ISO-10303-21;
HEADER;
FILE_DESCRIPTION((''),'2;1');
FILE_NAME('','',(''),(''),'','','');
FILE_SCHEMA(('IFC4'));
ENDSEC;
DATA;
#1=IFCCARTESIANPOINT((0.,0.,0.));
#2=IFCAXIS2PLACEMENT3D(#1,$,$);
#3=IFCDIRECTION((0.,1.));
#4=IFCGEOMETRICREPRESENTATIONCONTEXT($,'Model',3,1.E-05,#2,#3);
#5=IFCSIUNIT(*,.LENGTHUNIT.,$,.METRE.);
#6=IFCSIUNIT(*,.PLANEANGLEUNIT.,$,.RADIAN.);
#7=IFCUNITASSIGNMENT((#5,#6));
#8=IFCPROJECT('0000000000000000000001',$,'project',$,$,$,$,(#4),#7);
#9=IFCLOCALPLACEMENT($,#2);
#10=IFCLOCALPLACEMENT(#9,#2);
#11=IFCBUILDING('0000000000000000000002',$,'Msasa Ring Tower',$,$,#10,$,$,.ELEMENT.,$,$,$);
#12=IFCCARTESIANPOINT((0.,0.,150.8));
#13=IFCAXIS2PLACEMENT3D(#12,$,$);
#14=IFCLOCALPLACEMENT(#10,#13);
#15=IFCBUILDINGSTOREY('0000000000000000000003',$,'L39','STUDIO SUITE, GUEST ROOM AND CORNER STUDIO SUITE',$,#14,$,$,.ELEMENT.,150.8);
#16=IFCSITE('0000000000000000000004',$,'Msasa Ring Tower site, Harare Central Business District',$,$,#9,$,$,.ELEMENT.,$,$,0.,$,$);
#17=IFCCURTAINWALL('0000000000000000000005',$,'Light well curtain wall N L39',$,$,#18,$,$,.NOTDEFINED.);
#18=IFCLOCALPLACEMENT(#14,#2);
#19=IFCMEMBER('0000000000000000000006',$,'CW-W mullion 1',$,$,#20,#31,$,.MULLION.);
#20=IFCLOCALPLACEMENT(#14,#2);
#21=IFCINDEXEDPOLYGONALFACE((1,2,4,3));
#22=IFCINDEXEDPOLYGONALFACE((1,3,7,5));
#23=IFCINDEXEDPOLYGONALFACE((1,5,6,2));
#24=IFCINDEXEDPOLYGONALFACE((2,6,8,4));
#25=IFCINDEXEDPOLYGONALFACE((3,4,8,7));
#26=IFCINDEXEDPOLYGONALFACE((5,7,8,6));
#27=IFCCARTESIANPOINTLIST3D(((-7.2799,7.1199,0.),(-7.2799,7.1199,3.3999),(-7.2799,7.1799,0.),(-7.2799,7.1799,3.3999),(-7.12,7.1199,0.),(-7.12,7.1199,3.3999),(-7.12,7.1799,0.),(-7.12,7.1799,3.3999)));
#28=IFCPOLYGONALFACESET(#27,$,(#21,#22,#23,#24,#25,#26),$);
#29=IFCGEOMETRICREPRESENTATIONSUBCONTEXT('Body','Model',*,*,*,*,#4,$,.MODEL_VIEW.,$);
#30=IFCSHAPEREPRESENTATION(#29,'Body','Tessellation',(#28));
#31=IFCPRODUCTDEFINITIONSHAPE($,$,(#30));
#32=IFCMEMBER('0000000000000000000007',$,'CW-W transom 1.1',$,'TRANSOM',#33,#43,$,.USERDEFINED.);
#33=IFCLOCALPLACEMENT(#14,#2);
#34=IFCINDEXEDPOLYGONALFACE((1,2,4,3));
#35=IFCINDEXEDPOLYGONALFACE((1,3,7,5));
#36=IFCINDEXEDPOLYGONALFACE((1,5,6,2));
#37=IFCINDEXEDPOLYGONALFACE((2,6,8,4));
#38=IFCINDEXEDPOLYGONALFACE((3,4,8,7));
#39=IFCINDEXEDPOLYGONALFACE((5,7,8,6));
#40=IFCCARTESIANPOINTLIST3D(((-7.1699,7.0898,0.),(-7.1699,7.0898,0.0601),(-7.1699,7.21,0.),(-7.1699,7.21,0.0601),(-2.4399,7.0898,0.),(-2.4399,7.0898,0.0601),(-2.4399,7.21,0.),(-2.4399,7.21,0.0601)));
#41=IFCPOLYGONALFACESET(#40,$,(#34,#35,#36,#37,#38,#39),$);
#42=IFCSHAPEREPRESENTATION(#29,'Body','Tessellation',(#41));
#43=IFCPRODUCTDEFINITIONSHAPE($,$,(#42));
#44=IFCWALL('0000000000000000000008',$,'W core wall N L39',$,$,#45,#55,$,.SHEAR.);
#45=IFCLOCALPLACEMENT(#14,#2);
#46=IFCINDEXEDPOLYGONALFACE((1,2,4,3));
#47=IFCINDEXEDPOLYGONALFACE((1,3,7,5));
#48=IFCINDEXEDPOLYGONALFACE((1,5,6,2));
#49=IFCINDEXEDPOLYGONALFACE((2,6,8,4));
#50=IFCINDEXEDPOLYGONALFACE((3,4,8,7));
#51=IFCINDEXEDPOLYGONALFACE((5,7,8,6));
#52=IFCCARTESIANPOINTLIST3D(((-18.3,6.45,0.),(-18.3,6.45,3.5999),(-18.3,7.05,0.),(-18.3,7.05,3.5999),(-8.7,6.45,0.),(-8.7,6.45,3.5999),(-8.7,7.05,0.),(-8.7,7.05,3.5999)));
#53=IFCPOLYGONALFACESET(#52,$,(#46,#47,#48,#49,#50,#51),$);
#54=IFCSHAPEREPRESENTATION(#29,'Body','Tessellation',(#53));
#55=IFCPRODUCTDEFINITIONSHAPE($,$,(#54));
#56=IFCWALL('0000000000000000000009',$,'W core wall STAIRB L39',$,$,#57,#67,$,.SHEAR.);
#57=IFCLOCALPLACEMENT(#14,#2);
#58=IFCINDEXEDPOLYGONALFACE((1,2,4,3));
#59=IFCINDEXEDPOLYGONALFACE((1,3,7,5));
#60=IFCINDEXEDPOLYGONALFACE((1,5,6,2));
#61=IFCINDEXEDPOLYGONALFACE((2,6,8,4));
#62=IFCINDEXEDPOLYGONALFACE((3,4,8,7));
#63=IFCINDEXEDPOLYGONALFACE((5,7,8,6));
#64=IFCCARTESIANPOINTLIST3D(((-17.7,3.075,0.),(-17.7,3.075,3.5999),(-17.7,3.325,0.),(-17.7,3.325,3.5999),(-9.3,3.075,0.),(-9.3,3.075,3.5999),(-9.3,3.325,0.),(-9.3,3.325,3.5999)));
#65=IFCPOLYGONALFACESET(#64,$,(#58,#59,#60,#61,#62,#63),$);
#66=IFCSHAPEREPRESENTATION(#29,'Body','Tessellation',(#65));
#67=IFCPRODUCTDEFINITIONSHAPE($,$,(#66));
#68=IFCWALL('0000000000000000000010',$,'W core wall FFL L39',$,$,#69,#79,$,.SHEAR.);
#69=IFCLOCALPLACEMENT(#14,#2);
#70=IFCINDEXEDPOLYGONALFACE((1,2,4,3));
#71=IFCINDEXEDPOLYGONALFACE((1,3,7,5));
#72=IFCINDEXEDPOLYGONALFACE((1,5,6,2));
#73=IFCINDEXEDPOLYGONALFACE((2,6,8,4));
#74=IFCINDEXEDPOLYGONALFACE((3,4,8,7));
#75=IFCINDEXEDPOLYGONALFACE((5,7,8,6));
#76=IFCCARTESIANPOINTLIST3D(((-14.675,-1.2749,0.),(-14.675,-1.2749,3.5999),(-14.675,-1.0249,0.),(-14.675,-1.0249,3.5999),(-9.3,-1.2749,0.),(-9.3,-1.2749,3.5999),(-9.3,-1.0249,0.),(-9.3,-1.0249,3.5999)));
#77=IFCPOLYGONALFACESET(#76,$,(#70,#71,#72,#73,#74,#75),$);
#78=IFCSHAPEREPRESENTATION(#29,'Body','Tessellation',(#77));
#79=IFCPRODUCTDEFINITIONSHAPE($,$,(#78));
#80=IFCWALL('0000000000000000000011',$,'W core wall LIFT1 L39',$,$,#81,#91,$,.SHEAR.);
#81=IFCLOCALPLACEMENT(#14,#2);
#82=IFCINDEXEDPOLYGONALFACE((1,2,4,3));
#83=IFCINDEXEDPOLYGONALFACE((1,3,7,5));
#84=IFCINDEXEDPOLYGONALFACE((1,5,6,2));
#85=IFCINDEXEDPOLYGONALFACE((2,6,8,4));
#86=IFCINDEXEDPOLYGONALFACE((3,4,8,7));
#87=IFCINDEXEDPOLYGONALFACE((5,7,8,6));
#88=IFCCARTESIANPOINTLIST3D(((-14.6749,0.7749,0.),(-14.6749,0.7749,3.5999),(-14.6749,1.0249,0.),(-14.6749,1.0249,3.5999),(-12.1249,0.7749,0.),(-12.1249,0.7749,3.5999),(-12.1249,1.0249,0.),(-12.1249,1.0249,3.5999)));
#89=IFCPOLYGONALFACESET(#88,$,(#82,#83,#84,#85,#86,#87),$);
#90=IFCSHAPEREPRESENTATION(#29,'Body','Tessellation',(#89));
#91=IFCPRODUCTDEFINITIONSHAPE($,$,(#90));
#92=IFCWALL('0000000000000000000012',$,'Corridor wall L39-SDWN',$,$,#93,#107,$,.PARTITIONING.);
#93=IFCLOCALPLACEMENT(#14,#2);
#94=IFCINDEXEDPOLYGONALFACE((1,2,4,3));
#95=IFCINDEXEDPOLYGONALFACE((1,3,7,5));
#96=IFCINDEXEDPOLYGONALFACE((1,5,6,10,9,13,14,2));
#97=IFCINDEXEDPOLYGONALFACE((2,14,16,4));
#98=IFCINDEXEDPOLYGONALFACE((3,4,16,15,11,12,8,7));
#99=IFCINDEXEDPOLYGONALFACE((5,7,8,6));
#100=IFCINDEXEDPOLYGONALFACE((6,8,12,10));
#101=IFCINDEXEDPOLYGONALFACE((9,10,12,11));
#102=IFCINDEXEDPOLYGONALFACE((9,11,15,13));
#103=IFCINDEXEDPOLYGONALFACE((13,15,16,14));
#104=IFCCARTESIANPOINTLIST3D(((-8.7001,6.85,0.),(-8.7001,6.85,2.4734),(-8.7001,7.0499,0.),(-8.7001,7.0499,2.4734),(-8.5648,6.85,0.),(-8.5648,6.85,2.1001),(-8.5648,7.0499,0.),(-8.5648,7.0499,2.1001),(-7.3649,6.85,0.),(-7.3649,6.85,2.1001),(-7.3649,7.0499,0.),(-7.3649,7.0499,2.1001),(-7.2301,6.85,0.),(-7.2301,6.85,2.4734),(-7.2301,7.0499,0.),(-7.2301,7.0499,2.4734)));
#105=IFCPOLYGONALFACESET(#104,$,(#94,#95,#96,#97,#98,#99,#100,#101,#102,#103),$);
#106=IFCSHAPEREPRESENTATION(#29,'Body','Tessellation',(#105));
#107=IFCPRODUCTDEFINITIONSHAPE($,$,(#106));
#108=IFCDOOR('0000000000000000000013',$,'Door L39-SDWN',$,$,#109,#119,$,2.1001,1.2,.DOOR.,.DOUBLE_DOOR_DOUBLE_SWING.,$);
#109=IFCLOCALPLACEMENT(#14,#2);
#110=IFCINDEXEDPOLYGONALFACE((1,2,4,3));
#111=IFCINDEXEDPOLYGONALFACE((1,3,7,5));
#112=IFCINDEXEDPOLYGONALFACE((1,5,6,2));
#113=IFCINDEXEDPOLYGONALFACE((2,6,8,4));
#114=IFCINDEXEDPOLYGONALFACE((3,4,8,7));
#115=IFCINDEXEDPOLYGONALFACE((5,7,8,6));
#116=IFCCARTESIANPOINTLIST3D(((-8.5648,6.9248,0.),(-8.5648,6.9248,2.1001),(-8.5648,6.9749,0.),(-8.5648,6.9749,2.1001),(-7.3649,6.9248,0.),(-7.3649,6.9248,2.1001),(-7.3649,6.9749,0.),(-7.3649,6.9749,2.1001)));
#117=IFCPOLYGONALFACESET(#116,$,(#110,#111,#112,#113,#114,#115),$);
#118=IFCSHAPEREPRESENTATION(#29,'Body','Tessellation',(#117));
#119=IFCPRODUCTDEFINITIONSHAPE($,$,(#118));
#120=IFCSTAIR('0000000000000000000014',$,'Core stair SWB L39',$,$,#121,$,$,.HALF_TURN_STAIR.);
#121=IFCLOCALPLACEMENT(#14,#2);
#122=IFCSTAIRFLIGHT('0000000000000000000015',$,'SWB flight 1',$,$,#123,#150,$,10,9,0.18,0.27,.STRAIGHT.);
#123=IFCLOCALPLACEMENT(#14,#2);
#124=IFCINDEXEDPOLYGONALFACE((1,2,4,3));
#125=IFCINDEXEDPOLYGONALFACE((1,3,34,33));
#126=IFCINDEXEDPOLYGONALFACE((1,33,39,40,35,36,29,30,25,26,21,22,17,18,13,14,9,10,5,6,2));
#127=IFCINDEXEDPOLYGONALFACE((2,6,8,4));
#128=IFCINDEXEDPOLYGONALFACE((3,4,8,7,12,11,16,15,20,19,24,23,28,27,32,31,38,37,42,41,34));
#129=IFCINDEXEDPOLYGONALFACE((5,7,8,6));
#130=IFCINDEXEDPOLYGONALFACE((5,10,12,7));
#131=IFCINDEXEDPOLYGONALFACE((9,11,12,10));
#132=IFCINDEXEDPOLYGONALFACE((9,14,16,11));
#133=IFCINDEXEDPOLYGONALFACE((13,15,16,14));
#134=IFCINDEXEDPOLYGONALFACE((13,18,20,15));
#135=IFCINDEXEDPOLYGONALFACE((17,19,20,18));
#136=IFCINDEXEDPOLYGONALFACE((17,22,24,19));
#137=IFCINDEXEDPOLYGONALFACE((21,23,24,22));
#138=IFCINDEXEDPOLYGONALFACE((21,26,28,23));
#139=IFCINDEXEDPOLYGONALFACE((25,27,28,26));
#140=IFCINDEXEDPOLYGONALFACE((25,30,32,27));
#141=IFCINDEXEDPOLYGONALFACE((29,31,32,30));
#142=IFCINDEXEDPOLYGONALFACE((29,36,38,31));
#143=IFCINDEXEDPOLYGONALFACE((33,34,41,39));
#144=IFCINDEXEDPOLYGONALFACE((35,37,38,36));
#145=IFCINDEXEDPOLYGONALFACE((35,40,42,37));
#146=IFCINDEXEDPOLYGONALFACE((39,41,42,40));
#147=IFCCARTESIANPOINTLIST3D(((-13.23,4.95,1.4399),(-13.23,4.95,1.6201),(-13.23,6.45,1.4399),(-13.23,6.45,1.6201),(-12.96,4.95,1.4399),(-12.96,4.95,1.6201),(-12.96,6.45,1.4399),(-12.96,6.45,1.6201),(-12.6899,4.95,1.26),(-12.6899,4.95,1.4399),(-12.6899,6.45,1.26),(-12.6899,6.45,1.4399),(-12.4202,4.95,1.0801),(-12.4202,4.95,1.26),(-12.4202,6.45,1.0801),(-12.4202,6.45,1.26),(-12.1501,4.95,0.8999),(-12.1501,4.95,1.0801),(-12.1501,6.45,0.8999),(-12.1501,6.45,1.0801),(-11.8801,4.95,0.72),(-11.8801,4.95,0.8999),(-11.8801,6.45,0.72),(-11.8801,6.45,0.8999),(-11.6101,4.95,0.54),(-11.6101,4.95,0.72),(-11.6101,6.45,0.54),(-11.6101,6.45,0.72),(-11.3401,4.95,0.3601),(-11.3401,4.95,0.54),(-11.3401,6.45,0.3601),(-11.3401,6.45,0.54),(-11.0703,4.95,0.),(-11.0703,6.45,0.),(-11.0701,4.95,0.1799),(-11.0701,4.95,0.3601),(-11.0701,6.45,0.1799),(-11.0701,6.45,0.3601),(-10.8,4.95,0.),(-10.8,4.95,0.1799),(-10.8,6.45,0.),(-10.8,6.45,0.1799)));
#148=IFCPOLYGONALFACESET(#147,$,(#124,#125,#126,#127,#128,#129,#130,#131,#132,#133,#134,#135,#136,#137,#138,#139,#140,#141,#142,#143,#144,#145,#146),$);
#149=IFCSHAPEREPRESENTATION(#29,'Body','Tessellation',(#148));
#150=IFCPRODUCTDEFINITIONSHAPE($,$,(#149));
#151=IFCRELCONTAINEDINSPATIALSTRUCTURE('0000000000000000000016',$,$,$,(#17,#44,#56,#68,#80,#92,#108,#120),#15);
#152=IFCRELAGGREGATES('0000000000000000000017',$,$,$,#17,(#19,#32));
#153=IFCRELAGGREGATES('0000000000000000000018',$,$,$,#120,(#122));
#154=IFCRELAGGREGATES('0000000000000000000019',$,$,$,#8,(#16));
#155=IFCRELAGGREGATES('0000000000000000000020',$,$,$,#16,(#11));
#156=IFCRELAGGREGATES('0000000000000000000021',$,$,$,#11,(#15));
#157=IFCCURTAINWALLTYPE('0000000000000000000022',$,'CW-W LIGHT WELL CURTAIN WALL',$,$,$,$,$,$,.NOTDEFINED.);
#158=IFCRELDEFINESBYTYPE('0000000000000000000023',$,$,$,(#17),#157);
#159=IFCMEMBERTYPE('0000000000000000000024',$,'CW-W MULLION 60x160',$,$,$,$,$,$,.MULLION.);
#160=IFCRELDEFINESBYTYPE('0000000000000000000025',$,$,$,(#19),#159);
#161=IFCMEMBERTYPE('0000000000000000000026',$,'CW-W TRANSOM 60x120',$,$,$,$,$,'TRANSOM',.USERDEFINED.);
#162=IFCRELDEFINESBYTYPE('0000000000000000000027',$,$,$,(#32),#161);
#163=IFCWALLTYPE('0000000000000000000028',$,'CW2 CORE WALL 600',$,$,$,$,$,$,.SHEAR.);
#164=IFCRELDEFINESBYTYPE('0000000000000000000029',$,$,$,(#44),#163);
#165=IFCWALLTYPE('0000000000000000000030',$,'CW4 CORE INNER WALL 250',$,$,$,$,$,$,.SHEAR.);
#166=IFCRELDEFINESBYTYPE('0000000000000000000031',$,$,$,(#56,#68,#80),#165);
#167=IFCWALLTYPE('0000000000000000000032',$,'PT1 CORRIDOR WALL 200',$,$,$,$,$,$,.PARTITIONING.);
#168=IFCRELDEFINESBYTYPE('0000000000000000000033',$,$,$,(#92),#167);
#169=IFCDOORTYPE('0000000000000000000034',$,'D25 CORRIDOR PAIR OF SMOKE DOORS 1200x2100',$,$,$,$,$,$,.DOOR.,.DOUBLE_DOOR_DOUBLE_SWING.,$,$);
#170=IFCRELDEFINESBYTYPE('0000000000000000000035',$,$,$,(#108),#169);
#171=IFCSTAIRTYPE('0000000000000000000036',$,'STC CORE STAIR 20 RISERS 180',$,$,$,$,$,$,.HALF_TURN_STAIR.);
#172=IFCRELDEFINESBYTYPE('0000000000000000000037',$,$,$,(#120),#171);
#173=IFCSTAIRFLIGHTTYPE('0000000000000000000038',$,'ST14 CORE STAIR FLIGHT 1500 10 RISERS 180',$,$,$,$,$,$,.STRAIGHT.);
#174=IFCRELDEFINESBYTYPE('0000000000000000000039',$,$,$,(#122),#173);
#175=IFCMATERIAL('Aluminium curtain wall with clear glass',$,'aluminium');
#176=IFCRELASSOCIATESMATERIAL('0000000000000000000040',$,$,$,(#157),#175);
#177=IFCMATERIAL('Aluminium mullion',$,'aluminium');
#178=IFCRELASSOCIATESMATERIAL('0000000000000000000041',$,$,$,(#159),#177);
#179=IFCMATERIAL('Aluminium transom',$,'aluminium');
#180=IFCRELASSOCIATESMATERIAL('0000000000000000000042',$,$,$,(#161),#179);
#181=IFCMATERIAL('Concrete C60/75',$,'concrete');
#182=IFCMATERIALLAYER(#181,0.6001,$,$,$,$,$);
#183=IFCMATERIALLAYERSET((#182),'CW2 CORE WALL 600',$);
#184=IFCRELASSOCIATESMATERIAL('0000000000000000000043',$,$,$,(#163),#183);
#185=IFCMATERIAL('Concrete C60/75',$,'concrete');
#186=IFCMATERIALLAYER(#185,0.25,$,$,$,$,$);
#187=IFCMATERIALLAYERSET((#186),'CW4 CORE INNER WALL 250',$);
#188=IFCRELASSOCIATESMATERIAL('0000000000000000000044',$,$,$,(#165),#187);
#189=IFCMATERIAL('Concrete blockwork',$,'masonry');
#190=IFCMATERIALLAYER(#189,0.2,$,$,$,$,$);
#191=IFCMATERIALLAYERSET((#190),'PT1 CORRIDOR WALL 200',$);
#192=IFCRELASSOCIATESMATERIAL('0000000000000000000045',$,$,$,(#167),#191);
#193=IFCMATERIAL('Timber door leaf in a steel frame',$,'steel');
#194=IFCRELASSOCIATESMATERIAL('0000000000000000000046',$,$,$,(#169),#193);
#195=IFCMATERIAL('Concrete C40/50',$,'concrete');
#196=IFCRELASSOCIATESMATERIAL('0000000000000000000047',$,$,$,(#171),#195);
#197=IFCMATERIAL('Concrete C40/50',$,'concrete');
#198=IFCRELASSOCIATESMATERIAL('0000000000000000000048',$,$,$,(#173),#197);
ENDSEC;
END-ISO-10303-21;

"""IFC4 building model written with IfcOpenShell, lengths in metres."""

from ifc_helpers import new_model, si_unit, direction, frame, frame_2d, origin, origin_2d, place, context, subcontext, project, spatial, polyline, rectangle, outline, extrude, material, layer, layer_set, material_profile, profile_set, type_object, element, fill, aggregate, save


model = new_model("IFC4")

# Units and contexts
model_context = context("Model", 3, precision=1e-05, world=origin(), true_north=direction((0.0, 1.0)))
body_context = subcontext(model_context, "Body", "Model", "MODEL_VIEW")
ifc_project = project(units=[si_unit("LENGTHUNIT", "METRE"), si_unit("PLANEANGLEUNIT", "RADIAN")], contexts=[model_context])

# Site, building, storey
site_placement = place(None, origin())
site = spatial("IfcSite", under=ifc_project, at=site_placement, Name="Msasa Ring Tower site, Harare Central Business District", CompositionType="ELEMENT", RefElevation=0.0)
building_placement = place(site_placement, origin())
building = spatial("IfcBuilding", under=site, at=building_placement, Name="Msasa Ring Tower", CompositionType="ELEMENT")
storey_placement = place(building_placement, frame((0.0, 0.0, 150.8)))
storey = spatial("IfcBuildingStorey", under=building, at=storey_placement, Name="L39", Description="STUDIO SUITE, GUEST ROOM AND CORNER STUDIO SUITE", CompositionType="ELEMENT", Elevation=150.8)

# Curtain wall, members
ifc_material_1 = material(Name="Aluminium curtain wall with clear glass", Category="aluminium")
curtain_wall_type = type_object("IfcCurtainWallType", Name="CW-W LIGHT WELL CURTAIN WALL", PredefinedType="NOTDEFINED", material=ifc_material_1)
curtain_wall_placement = place(storey_placement, origin())
curtain_wall = element("IfcCurtainWall", 1, at=curtain_wall_placement, inside=storey, type_object=curtain_wall_type, Name="Light well curtain wall N L39", PredefinedType="NOTDEFINED")
ifc_material_2 = material(Name="Aluminium mullion", Category="aluminium")
ifc_material_profile_1 = material_profile(ifc_material_2, rectangle(XDim=0.0601, YDim=0.1599, at=origin_2d()), Name="AL 60x160")
ifc_profile_set_1 = profile_set([ifc_material_profile_1], Name="Aluminium mullion")
member_type_1 = type_object("IfcMemberType", Name="CW-W MULLION 60x160", PredefinedType="MULLION", material=ifc_profile_set_1)
member_1_placement = place(storey_placement, frame((-7.2, 7.1499, 0.0), z_axis=(0.0, 0.0, 1.0), x_axis=(0.0, 1.0, 0.0)))
member_1 = element("IfcMember", 2, at=member_1_placement, type_object=member_type_1, Name="CW-W mullion 1", PredefinedType="MULLION", context=body_context, shape_type="SweptSolid", body=[
    extrude(rectangle(XDim=0.0601, YDim=0.1599, at=origin_2d()), origin(), (0.0, 0.0, 1.0), 3.3999),
])
ifc_material_3 = material(Name="Aluminium transom", Category="aluminium")
ifc_material_profile_2 = material_profile(ifc_material_3, rectangle(XDim=0.1201, YDim=0.0601, at=origin_2d()), Name="AL 60x120")
ifc_profile_set_2 = profile_set([ifc_material_profile_2], Name="Aluminium transom")
member_type_2 = type_object("IfcMemberType", Name="CW-W TRANSOM 60x120", ElementType="TRANSOM", PredefinedType="USERDEFINED", material=ifc_profile_set_2)
member_2_placement = place(storey_placement, frame((-7.1699, 7.1499, 0.03), z_axis=(1.0, 0.0, 0.0), x_axis=(0.0, 1.0, 0.0)))
member_2 = element("IfcMember", 3, at=member_2_placement, type_object=member_type_2, Name="CW-W transom 1.1", ObjectType="TRANSOM", PredefinedType="USERDEFINED", context=body_context, shape_type="SweptSolid", body=[
    extrude(rectangle(XDim=0.1201, YDim=0.0601, at=origin_2d()), origin(), (0.0, 0.0, 1.0), 4.73),
])
aggregate(curtain_wall, [member_1, member_2])

# Walls
ifc_material_4 = material(Name="Concrete C60/75", Category="concrete")
ifc_layer_1 = layer(ifc_material_4, 0.6001)
ifc_layer_set_1 = layer_set([ifc_layer_1], Name="CW2 CORE WALL 600")
wall_type_1 = type_object("IfcWallType", Name="CW2 CORE WALL 600", PredefinedType="SHEAR", material=ifc_layer_set_1)
wall_1_placement = place(storey_placement, frame((-8.7, 6.75, 0.0), z_axis=(0.0, 0.0, 1.0), x_axis=(-1.0, 0.0, 0.0)))
element("IfcWall", 4, at=wall_1_placement, inside=storey, type_object=wall_type_1, Name="W core wall N L39", PredefinedType="SHEAR", context=body_context, shape_type="SweptSolid", body=[
    extrude(rectangle(XDim=9.6001, YDim=0.6001, at=frame_2d((4.8, 0.0))), origin(), (0.0, 0.0, 1.0), 3.5999),
])
ifc_material_5 = material(Name="Concrete C60/75", Category="concrete")
ifc_layer_2 = layer(ifc_material_5, 0.25)
ifc_layer_set_2 = layer_set([ifc_layer_2], Name="CW4 CORE INNER WALL 250")
wall_type_2 = type_object("IfcWallType", Name="CW4 CORE INNER WALL 250", PredefinedType="SHEAR", material=ifc_layer_set_2)
wall_2_placement = place(storey_placement, frame((-9.3, 3.2, 0.0), z_axis=(0.0, 0.0, 1.0), x_axis=(-1.0, 0.0, 0.0)))
element("IfcWall", 5, at=wall_2_placement, inside=storey, type_object=wall_type_2, Name="W core wall STAIRB L39", PredefinedType="SHEAR", context=body_context, shape_type="SweptSolid", body=[
    extrude(rectangle(XDim=8.3999, YDim=0.25, at=frame_2d((4.2, 0.0))), origin(), (0.0, 0.0, 1.0), 3.5999),
])
wall_3_placement = place(storey_placement, frame((-9.3, -1.1499, 0.0), z_axis=(0.0, 0.0, 1.0), x_axis=(-1.0, 0.0, 0.0)))
element("IfcWall", 6, at=wall_3_placement, inside=storey, type_object=wall_type_2, Name="W core wall FFL L39", PredefinedType="SHEAR", context=body_context, shape_type="SweptSolid", body=[
    extrude(rectangle(XDim=5.375, YDim=0.25, at=frame_2d((2.6875, 0.0))), origin(), (0.0, 0.0, 1.0), 3.5999),
])
wall_4_placement = place(storey_placement, frame((-12.125, 0.8999, 0.0), z_axis=(0.0, 0.0, 1.0), x_axis=(-1.0, 0.0, 0.0)))
element("IfcWall", 7, at=wall_4_placement, inside=storey, type_object=wall_type_2, Name="W core wall LIFT1 L39", PredefinedType="SHEAR", context=body_context, shape_type="SweptSolid", body=[
    extrude(rectangle(XDim=2.55, YDim=0.25, at=frame_2d((1.2749, 0.0))), origin(), (0.0, 0.0, 1.0), 3.5999),
])

# Wall, opening, door
ifc_material_6 = material(Name="Concrete blockwork", Category="masonry")
ifc_layer_3 = layer(ifc_material_6, 0.2)
ifc_layer_set_3 = layer_set([ifc_layer_3], Name="PT1 CORRIDOR WALL 200")
wall_type_3 = type_object("IfcWallType", Name="PT1 CORRIDOR WALL 200", PredefinedType="PARTITIONING", material=ifc_layer_set_3)
wall_5_placement = place(storey_placement, frame((-8.7, 6.95, 0.0), z_axis=(0.0, 0.0, 1.0), x_axis=(1.0, 0.0, 0.0)))
wall_5 = element("IfcWall", 8, at=wall_5_placement, inside=storey, type_object=wall_type_3, Name="Corridor wall L39-SDWN", PredefinedType="PARTITIONING", context=body_context, shape_type="SweptSolid", body=[
    extrude(rectangle(XDim=1.47, YDim=0.2, at=frame_2d((0.7349, 0.0))), origin(), (0.0, 0.0, 1.0), 2.4734),
])
opening_placement = place(wall_5_placement, frame((0.135, 0.0, 0.0)))
opening = element("IfcOpeningElement", 9, at=opening_placement, cuts=wall_5, PredefinedType="OPENING", context=body_context, shape_type="SweptSolid", body=[
    extrude(rectangle(XDim=1.2, YDim=2.1001, at=frame_2d((0.6001, 1.05))), frame((0.0, 0.1099, 0.0), z_axis=(0.0, -1.0, 0.0), x_axis=(1.0, 0.0, 0.0)), (0.0, 0.0, 1.0), 0.22),
])
ifc_material_7 = material(Name="Timber door leaf in a steel frame", Category="steel")
door_type = type_object("IfcDoorType", Name="D25 CORRIDOR PAIR OF SMOKE DOORS 1200x2100", OperationType="DOUBLE_DOOR_DOUBLE_SWING", PredefinedType="DOOR", material=ifc_material_7)
door_placement = place(opening_placement, origin())
door = element("IfcDoor", 10, at=door_placement, inside=storey, type_object=door_type, Name="Door L39-SDWN", OperationType="DOUBLE_DOOR_DOUBLE_SWING", OverallHeight=2.1001, OverallWidth=1.2, PredefinedType="DOOR", context=body_context, shape_type="SweptSolid", body=[
    extrude(rectangle(XDim=1.2, YDim=2.1001, at=frame_2d((0.6001, 1.05))), frame((0.0, 0.0249, 0.0), z_axis=(0.0, -1.0, 0.0), x_axis=(1.0, 0.0, 0.0)), (0.0, 0.0, 1.0), 0.05),
])
fill(opening, door)

# Stair, stair flight
ifc_material_8 = material(Name="Concrete C40/50", Category="concrete")
stair_type = type_object("IfcStairType", Name="STC CORE STAIR 20 RISERS 180", PredefinedType="HALF_TURN_STAIR", material=ifc_material_8)
stair_placement = place(storey_placement, origin())
stair = element("IfcStair", 11, at=stair_placement, inside=storey, type_object=stair_type, Name="Core stair SWB L39", PredefinedType="HALF_TURN_STAIR")
ifc_material_9 = material(Name="Concrete C40/50", Category="concrete")
stair_flight_type = type_object("IfcStairFlightType", Name="ST14 CORE STAIR FLIGHT 1500 10 RISERS 180", PredefinedType="STRAIGHT", material=ifc_material_9)
stair_flight_1_placement = place(storey_placement, frame((-10.8, 5.7, 0.0), z_axis=(0.0, 0.0, 1.0), x_axis=(-1.0, 0.0, 0.0)))
stair_flight_1 = element("IfcStairFlight", 12, at=stair_flight_1_placement, type_object=stair_flight_type, Name="SWB flight 1", NumberOfRisers=10, NumberOfTreads=9, PredefinedType="STRAIGHT", RiserHeight=0.18, TreadLength=0.27, context=body_context, shape_type="SweptSolid", body=[
    extrude(outline(polyline([(0.0, 0.0), (0.0, 0.1799), (0.27, 0.1799), (0.27, 0.3601), (0.54, 0.3601), (0.54, 0.54), (0.8101, 0.54), (0.8101, 0.72), (1.0801, 0.72), (1.0801, 0.8999), (1.3501, 0.8999), (1.3501, 1.0801), (1.6201, 1.0801), (1.6201, 1.26), (1.8899, 1.26), (1.8899, 1.4399), (2.1599, 1.4399), (2.1599, 1.6201), (2.4299, 1.6201), (2.4299, 1.8), (2.4299, 1.4399), (0.2703, 0.0), (0.0, 0.0)])), frame((0.0, 0.75, 0.0), z_axis=(0.0, -1.0, 0.0), x_axis=(1.0, 0.0, 0.0)), (0.0, 0.0, 1.0), 1.5),
])
aggregate(stair, [stair_flight_1])

save(model, "model.ifc")
